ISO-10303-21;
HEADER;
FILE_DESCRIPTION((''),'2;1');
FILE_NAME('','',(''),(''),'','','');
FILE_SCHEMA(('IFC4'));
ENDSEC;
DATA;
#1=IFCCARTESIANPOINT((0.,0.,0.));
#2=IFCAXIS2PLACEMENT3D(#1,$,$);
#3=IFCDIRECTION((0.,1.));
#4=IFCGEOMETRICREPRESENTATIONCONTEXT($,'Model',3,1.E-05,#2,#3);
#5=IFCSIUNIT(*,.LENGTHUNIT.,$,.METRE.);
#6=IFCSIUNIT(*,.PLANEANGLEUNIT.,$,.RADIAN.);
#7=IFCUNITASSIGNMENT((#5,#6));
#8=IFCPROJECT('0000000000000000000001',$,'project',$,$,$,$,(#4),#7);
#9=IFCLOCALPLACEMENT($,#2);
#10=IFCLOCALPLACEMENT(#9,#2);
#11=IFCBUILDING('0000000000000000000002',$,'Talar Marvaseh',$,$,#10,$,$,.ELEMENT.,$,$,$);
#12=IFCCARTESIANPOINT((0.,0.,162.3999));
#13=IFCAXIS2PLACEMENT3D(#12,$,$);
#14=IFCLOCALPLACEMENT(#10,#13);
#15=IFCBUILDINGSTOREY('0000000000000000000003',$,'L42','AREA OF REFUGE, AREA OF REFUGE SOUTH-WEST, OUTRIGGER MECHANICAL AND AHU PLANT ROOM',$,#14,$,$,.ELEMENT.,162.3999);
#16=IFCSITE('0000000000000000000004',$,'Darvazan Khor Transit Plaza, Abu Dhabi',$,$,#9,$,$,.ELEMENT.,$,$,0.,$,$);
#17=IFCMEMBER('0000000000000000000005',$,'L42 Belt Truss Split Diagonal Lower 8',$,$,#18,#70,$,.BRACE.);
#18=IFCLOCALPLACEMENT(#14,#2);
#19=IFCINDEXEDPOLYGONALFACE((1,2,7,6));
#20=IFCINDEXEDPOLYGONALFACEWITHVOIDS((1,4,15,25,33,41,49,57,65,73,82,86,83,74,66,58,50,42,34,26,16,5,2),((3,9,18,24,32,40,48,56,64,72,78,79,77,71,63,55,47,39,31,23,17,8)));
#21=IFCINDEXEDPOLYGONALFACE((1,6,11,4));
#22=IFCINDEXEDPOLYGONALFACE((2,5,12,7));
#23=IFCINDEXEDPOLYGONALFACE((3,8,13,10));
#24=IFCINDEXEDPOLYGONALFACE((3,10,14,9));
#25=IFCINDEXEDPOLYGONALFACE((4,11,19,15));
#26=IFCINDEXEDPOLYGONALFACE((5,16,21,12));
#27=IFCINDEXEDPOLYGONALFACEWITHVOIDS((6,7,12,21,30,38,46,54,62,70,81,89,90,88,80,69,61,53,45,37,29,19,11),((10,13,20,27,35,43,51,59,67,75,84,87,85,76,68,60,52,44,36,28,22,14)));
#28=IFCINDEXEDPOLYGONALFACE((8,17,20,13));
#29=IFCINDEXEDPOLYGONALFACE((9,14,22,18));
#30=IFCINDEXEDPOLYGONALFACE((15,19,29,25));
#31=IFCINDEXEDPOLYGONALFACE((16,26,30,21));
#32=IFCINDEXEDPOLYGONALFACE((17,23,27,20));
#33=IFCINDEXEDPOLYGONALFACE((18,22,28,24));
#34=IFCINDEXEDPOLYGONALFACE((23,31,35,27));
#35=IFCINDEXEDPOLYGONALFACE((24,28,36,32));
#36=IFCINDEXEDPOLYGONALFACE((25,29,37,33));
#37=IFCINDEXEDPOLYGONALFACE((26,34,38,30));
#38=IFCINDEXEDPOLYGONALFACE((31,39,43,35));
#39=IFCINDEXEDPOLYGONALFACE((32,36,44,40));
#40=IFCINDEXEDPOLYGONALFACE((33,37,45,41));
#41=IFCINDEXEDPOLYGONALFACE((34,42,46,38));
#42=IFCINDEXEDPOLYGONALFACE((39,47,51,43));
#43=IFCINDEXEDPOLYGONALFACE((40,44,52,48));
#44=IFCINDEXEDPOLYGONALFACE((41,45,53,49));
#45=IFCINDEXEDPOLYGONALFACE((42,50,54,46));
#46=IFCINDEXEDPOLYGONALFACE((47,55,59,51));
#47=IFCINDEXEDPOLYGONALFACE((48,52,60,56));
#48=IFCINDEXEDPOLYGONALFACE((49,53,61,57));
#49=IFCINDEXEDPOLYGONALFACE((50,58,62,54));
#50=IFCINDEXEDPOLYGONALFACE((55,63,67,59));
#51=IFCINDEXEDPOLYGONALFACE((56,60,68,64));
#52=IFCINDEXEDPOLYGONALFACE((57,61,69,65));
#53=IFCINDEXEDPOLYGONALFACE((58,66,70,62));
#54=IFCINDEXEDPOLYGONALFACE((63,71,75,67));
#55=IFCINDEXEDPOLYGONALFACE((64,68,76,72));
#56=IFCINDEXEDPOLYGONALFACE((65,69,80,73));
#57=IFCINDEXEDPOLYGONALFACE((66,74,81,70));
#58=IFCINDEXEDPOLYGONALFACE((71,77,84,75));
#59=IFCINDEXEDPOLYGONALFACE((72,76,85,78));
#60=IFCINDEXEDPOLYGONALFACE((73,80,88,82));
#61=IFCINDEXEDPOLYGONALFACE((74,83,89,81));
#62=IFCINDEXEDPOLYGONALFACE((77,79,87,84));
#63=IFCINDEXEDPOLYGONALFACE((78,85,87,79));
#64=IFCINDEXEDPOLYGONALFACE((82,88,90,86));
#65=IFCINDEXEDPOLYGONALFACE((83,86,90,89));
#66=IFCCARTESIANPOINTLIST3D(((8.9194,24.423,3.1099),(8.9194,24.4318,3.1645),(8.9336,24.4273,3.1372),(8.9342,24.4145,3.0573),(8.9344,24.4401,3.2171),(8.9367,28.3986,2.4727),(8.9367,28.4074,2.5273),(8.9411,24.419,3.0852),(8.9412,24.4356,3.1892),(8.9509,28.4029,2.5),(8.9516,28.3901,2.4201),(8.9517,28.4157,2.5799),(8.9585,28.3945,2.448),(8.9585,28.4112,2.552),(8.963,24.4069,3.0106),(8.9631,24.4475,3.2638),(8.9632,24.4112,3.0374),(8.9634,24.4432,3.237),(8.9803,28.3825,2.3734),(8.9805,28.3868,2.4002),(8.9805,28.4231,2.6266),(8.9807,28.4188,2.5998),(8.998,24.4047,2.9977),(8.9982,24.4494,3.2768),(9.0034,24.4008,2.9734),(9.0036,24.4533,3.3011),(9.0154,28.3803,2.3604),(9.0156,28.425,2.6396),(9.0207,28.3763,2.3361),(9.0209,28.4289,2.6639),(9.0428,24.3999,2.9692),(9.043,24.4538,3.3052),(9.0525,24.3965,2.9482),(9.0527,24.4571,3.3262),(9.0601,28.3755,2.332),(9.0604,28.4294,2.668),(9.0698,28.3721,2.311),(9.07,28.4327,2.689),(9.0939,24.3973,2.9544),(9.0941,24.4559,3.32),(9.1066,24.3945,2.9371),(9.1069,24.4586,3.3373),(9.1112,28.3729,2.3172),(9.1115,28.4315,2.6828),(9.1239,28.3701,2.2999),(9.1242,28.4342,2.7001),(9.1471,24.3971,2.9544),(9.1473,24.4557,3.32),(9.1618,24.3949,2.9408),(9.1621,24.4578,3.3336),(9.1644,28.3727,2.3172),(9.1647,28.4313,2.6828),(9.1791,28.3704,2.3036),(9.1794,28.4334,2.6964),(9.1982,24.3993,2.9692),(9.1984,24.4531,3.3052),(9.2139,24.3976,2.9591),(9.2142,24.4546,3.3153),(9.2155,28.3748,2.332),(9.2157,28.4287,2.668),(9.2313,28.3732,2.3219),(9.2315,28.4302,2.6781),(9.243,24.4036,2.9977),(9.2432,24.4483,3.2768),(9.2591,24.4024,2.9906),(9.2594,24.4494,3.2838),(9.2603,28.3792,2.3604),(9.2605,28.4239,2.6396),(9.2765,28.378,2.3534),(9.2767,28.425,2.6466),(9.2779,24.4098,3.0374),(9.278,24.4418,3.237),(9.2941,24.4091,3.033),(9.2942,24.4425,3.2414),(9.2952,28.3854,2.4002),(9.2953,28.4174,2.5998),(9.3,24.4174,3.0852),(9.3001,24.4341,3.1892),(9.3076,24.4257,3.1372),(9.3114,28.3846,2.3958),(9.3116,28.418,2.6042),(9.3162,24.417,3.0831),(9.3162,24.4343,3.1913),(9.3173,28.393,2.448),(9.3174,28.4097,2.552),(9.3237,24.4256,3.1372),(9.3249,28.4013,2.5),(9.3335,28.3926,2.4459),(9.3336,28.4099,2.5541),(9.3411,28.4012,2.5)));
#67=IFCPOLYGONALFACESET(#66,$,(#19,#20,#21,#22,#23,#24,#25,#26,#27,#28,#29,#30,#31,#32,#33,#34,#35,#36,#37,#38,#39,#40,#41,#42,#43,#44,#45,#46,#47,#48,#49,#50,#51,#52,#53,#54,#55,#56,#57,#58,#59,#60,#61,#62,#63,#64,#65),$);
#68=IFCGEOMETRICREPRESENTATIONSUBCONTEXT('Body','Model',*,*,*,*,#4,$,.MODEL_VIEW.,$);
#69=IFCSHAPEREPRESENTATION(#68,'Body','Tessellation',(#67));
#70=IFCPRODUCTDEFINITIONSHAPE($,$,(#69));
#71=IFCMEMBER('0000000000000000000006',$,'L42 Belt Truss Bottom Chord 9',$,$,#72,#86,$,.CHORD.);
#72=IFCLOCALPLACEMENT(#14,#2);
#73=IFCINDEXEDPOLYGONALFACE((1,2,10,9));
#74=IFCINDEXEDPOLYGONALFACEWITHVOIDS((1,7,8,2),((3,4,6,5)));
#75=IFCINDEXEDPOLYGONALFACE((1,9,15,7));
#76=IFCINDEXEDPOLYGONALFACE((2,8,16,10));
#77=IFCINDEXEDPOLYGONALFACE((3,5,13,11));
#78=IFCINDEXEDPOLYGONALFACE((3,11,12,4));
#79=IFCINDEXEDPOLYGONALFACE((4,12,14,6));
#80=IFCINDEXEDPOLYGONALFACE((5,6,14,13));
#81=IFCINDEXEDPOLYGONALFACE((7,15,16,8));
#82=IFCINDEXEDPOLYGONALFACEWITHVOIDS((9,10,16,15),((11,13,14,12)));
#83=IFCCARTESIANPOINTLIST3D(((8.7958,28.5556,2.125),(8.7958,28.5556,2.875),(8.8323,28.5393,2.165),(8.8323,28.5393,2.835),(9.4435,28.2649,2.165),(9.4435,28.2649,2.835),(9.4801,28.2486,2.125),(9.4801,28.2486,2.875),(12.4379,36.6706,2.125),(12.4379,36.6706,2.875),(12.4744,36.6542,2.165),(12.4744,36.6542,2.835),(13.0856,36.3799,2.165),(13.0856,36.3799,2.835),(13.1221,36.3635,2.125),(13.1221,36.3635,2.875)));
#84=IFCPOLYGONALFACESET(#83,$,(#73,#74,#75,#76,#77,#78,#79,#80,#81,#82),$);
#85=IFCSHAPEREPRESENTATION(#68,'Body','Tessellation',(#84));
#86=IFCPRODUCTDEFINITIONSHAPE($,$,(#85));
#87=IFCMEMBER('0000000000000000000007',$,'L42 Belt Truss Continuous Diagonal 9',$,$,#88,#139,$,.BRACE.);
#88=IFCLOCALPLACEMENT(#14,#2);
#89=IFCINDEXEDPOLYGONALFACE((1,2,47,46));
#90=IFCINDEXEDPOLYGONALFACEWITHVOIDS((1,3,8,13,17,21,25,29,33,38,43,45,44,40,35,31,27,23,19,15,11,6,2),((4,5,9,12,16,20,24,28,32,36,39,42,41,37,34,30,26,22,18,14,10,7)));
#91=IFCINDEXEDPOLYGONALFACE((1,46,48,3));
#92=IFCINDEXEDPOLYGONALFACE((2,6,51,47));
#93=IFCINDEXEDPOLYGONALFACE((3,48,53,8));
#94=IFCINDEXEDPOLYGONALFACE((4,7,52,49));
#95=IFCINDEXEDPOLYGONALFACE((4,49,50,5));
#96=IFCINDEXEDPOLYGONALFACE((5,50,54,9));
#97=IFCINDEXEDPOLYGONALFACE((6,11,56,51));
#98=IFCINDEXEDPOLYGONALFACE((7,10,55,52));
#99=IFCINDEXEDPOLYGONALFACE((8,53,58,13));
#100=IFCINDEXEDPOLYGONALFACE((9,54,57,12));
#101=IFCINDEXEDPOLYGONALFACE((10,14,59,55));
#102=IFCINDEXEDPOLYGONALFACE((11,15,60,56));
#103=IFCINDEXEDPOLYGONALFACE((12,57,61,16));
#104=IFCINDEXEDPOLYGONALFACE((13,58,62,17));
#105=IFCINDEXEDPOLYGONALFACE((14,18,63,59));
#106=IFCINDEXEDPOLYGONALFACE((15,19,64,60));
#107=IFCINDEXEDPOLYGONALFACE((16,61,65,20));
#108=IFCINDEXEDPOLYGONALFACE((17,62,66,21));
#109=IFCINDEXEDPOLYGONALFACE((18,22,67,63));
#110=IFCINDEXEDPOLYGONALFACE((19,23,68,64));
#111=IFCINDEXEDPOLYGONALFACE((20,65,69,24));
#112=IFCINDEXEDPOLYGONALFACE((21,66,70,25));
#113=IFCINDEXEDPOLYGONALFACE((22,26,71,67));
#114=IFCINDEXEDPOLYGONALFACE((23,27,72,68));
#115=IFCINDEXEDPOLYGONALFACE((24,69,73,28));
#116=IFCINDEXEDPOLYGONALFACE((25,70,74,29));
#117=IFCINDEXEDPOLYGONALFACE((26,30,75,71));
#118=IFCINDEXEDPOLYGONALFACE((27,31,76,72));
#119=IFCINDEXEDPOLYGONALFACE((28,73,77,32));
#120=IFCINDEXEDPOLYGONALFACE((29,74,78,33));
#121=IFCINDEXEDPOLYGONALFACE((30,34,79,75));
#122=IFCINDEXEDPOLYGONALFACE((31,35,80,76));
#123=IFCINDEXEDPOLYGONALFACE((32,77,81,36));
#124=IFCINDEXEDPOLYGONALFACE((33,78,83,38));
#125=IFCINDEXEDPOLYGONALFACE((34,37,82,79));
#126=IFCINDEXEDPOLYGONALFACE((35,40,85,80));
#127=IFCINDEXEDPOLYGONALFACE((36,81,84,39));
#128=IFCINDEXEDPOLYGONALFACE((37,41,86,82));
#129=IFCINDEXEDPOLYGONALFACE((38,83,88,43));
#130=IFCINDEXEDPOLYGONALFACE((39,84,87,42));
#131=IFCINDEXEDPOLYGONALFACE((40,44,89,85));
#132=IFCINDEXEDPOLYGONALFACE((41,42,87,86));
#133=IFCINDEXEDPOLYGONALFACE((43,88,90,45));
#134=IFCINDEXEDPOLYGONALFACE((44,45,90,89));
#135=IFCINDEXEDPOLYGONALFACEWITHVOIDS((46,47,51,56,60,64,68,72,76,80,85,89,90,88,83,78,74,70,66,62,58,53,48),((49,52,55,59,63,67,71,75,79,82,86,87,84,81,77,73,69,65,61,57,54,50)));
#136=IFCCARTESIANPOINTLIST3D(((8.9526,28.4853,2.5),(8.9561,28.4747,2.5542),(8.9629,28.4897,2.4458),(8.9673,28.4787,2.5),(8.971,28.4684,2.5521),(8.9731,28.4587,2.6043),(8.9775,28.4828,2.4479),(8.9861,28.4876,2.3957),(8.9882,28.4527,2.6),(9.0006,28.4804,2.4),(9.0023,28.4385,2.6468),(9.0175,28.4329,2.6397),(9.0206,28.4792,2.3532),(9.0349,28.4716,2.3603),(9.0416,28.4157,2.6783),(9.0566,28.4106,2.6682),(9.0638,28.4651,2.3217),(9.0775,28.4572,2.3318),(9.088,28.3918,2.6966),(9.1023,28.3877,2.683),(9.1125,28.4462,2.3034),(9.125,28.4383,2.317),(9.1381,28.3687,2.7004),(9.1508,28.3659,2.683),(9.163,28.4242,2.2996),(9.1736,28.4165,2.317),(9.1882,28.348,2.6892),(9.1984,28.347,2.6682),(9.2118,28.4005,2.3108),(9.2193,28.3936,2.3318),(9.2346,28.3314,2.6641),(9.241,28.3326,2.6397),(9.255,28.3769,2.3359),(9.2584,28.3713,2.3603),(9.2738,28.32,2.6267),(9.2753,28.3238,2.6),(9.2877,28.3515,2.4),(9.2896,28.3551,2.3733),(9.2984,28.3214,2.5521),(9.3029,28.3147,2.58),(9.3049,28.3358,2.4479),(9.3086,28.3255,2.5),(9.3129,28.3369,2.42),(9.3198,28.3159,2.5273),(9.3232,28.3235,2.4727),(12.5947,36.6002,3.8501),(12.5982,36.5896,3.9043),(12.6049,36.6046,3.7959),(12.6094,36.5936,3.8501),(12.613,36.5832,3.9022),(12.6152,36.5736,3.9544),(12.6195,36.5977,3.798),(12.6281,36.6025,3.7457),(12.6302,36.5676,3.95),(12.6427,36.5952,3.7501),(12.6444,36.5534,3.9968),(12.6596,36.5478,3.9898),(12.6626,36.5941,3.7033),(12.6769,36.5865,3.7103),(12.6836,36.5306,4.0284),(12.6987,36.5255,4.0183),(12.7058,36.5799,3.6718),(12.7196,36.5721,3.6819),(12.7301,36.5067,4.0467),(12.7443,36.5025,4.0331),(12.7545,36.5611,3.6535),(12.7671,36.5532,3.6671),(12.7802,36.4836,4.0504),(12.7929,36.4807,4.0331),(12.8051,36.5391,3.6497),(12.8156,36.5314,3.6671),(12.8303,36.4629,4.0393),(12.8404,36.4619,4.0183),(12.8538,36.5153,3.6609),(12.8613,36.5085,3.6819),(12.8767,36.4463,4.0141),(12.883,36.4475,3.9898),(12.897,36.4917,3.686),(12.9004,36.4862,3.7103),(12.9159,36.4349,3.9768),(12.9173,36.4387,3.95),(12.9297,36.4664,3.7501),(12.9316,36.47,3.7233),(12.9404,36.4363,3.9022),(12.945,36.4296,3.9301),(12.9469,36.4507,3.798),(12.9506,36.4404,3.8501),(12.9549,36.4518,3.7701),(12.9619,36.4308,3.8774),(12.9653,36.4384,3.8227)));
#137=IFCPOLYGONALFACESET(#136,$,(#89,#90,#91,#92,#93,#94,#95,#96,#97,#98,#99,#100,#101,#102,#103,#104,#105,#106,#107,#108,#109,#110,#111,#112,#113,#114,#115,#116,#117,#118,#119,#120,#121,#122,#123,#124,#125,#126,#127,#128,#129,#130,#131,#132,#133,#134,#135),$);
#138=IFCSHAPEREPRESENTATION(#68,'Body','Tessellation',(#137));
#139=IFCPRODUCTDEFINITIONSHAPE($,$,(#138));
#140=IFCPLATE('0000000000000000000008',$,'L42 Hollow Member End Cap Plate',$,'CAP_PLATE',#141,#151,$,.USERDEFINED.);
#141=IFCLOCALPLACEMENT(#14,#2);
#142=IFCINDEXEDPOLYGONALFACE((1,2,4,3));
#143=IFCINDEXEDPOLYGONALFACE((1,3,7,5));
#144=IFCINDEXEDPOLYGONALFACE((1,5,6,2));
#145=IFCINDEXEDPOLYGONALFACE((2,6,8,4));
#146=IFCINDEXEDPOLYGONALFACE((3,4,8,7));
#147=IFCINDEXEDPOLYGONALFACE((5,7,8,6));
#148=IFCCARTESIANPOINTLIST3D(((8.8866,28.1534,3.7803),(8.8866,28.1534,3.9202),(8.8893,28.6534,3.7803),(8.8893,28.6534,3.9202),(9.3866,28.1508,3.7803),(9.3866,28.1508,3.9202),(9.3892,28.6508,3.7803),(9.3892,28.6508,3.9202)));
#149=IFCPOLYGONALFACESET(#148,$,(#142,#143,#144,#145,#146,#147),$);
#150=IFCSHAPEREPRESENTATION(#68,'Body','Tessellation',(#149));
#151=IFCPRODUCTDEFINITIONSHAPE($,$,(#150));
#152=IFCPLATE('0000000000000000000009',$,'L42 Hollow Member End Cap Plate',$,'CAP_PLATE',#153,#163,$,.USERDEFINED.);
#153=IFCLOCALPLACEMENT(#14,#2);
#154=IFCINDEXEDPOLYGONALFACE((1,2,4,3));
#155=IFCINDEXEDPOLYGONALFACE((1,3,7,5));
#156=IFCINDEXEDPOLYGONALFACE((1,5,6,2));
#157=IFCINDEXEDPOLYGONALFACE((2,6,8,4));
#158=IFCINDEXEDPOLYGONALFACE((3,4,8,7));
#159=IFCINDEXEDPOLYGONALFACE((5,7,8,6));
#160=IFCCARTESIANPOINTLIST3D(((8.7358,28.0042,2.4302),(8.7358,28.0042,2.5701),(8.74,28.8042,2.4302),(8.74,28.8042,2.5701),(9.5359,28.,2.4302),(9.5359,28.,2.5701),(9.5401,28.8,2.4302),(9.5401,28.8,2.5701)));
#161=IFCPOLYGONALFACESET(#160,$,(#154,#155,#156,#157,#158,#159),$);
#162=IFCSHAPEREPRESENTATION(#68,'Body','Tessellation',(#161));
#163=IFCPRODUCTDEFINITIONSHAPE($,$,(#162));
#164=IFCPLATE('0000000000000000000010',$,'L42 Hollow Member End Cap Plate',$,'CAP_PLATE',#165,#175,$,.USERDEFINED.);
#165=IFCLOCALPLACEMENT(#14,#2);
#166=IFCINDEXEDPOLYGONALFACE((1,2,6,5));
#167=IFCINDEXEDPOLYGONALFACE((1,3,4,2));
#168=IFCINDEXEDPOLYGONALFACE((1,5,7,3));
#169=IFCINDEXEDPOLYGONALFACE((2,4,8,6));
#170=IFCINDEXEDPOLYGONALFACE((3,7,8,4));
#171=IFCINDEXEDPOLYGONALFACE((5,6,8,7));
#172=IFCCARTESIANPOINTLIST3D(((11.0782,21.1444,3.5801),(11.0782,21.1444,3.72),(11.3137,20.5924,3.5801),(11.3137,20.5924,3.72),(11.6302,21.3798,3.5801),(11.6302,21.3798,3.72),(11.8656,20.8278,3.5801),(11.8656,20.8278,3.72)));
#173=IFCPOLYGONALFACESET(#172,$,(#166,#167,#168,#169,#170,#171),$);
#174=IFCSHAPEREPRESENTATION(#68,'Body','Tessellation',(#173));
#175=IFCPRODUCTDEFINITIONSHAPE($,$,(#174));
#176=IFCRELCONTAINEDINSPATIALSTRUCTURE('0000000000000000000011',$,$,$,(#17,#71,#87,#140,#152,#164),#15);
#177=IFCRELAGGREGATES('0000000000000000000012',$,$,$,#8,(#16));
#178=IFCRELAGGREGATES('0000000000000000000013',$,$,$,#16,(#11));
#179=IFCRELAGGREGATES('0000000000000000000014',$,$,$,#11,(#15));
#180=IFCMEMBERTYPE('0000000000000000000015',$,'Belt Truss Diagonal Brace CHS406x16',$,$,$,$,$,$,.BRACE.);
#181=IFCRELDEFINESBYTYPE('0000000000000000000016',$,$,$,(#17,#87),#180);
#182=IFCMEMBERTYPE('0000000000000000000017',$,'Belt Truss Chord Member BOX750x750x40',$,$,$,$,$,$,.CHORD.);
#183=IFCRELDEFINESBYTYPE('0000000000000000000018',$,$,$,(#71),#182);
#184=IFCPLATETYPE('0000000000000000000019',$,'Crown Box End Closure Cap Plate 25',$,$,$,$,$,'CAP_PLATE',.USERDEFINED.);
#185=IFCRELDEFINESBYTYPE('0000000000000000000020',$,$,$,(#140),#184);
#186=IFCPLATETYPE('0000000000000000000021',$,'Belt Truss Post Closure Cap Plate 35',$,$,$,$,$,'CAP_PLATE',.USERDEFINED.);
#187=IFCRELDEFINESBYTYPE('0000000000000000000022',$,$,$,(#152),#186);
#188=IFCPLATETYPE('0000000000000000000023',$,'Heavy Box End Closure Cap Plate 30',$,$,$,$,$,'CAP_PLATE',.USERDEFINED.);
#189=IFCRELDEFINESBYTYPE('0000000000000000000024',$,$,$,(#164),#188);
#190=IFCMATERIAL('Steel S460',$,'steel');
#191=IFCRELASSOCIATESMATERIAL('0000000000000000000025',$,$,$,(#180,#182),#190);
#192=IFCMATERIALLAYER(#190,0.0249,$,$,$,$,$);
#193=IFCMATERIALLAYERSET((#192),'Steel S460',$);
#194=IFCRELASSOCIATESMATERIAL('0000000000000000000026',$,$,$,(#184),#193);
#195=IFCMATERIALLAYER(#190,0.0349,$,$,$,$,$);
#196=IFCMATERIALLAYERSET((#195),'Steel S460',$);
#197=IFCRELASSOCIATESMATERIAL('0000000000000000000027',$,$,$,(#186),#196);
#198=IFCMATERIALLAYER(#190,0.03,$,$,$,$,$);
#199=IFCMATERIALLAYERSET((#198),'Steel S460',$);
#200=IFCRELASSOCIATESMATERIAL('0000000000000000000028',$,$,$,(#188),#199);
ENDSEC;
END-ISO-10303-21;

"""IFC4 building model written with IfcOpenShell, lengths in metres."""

from ifc_helpers import new_model, si_unit, direction, frame, origin, origin_2d, place, context, subcontext, project, spatial, rectangle, hollow_rectangle, hollow_circle, extrude, source, transform, mapped, material, layer, layer_set, material_profile, profile_set, type_object, type_shapes, element, save


model = new_model("IFC4")

# Units and contexts
model_context = context("Model", 3, precision=1e-05, world=origin(), true_north=direction((0.0, 1.0)))
body_context = subcontext(model_context, "Body", "Model", "MODEL_VIEW")
ifc_project = project(units=[si_unit("LENGTHUNIT", "METRE"), si_unit("PLANEANGLEUNIT", "RADIAN")], contexts=[model_context])

# Site, building, storey
site_placement = place(None, origin())
site = spatial("IfcSite", under=ifc_project, at=site_placement, Name="Darvazan Khor Transit Plaza, Abu Dhabi", CompositionType="ELEMENT", RefElevation=0.0)
building_placement = place(site_placement, origin())
building = spatial("IfcBuilding", under=site, at=building_placement, Name="Talar Marvaseh", CompositionType="ELEMENT")
storey_placement = place(building_placement, frame((0.0, 0.0, 162.3999)))
storey = spatial("IfcBuildingStorey", under=building, at=storey_placement, Name="L42", Description="AREA OF REFUGE, AREA OF REFUGE SOUTH-WEST, OUTRIGGER MECHANICAL AND AHU PLANT ROOM", CompositionType="ELEMENT", Elevation=162.3999)

# Members
ifc_material_1 = material(Name="Steel S460", Category="steel")
ifc_material_profile_1 = material_profile(ifc_material_1, hollow_circle(Radius=0.2031, WallThickness=0.0161, at=origin_2d()), Name="CHS406x16")
ifc_profile_set_1 = profile_set([ifc_material_profile_1], Name="Steel S460")
member_type_1 = type_object("IfcMemberType", Name="Belt Truss Diagonal Brace CHS406x16", PredefinedType="BRACE", material=ifc_profile_set_1)
shared_shape_1 = source(origin(), body_context, "Body", "SweptSolid", [
    extrude(hollow_circle(Radius=0.2031, WallThickness=0.0161, at=origin_2d()), origin(), (0.0, 0.0, 1.0), 4.0264),
])
member_1_placement = place(storey_placement, frame((9.1379, 28.4021, 2.5), z_axis=(-0.004305, -0.987388, 0.158259), x_axis=(0.99999, -0.00436, 0.0)))
element("IfcMember", 1, at=member_1_placement, inside=storey, type_object=member_type_1, Name="L42 Belt Truss Split Diagonal Lower 8", PredefinedType="BRACE", context=body_context, shape_type="MappedRepresentation", body=[
    mapped(shared_shape_1, transform((0.0, 0.0, 0.0), x_axis=(1.0, 0.0, 0.0), y_axis=(0.0, 1.0, 0.0), z_axis=(0.0, 0.0, 1.0), scale=1.0)),
])
ifc_material_profile_2 = material_profile(ifc_material_1, hollow_rectangle(XDim=0.75, YDim=0.75, WallThickness=0.04, at=origin_2d()), Name="BOX750x750x40")
ifc_profile_set_2 = profile_set([ifc_material_profile_2], Name="Steel S460")
member_type_2 = type_object("IfcMemberType", Name="Belt Truss Chord Member BOX750x750x40", PredefinedType="CHORD", material=ifc_profile_set_2)
shared_shape_2 = source(origin(), body_context, "Body", "SweptSolid", [
    extrude(hollow_rectangle(XDim=0.75, YDim=0.75, WallThickness=0.04, at=origin_2d()), origin(), (0.0, 0.0, 1.0), 8.8948),
])
type_shapes(member_type_2, [shared_shape_2])
member_2_placement = place(storey_placement, frame((9.1379, 28.4021, 2.5), z_axis=(0.409462, 0.912327, 0.0), x_axis=(-0.912327, 0.409462, 0.0)))
element("IfcMember", 2, at=member_2_placement, inside=storey, type_object=member_type_2, Name="L42 Belt Truss Bottom Chord 9", PredefinedType="CHORD", context=body_context, shape_type="MappedRepresentation", body=[
    mapped(shared_shape_2, transform((0.0, 0.0, 0.0), x_axis=(1.0, 0.0, 0.0), y_axis=(0.0, 1.0, 0.0), z_axis=(0.0, 0.0, 1.0), scale=1.0)),
])
shared_shape_3 = source(origin(), body_context, "Body", "SweptSolid", [
    extrude(hollow_circle(Radius=0.2031, WallThickness=0.0161, at=origin_2d()), origin(), (0.0, 0.0, 1.0), 8.9966),
])
type_shapes(member_type_1, [shared_shape_1, shared_shape_3])
member_3_placement = place(storey_placement, frame((9.1379, 28.4021, 2.5), z_axis=(0.404825, 0.901996, 0.150066), x_axis=(-0.912327, 0.409462, 0.0)))
element("IfcMember", 3, at=member_3_placement, inside=storey, type_object=member_type_1, Name="L42 Belt Truss Continuous Diagonal 9", PredefinedType="BRACE", context=body_context, shape_type="MappedRepresentation", body=[
    mapped(shared_shape_3, transform((0.0, 0.0, 0.0), x_axis=(1.0, 0.0, 0.0), y_axis=(0.0, 1.0, 0.0), z_axis=(0.0, 0.0, 1.0), scale=1.0)),
])

# Plates
ifc_layer_1 = layer(ifc_material_1, 0.0249)
ifc_layer_set_1 = layer_set([ifc_layer_1], Name="Steel S460")
plate_type_1 = type_object("IfcPlateType", Name="Crown Box End Closure Cap Plate 25", ElementType="CAP_PLATE", PredefinedType="USERDEFINED", material=ifc_layer_set_1)
shared_shape_4 = source(origin(), body_context, "Body", "SweptSolid", [
    extrude(rectangle(XDim=0.5, YDim=0.5, at=origin_2d()), origin(), (0.0, 0.0, 1.0), 0.1399),
])
type_shapes(plate_type_1, [shared_shape_4])
plate_1_placement = place(storey_placement, frame((9.1379, 28.4021, 3.7803), z_axis=(0.0, 0.0, 1.0), x_axis=(0.005236, 0.999986, 0.0)))
element("IfcPlate", 4, at=plate_1_placement, inside=storey, type_object=plate_type_1, Name="L42 Hollow Member End Cap Plate", ObjectType="CAP_PLATE", PredefinedType="USERDEFINED", context=body_context, shape_type="MappedRepresentation", body=[
    mapped(shared_shape_4, transform((0.0, 0.0, 0.0), x_axis=(1.0, 0.0, 0.0), y_axis=(0.0, 1.0, 0.0), z_axis=(0.0, 0.0, 1.0), scale=1.0)),
])
ifc_layer_2 = layer(ifc_material_1, 0.0349)
ifc_layer_set_2 = layer_set([ifc_layer_2], Name="Steel S460")
plate_type_2 = type_object("IfcPlateType", Name="Belt Truss Post Closure Cap Plate 35", ElementType="CAP_PLATE", PredefinedType="USERDEFINED", material=ifc_layer_set_2)
shared_shape_5 = source(origin(), body_context, "Body", "SweptSolid", [
    extrude(rectangle(XDim=0.8, YDim=0.8, at=origin_2d()), origin(), (0.0, 0.0, 1.0), 0.1399),
])
plate_2_placement = place(storey_placement, frame((9.1379, 28.4021, 2.4302), z_axis=(0.0, 0.0, 1.0), x_axis=(0.005236, 0.999986, 0.0)))
element("IfcPlate", 5, at=plate_2_placement, inside=storey, type_object=plate_type_2, Name="L42 Hollow Member End Cap Plate", ObjectType="CAP_PLATE", PredefinedType="USERDEFINED", context=body_context, shape_type="MappedRepresentation", body=[
    mapped(shared_shape_5, transform((0.0, 0.0, 0.0), x_axis=(1.0, 0.0, 0.0), y_axis=(0.0, 1.0, 0.0), z_axis=(0.0, 0.0, 1.0), scale=1.0)),
])
ifc_layer_3 = layer(ifc_material_1, 0.03)
ifc_layer_set_3 = layer_set([ifc_layer_3], Name="Steel S460")
plate_type_3 = type_object("IfcPlateType", Name="Heavy Box End Closure Cap Plate 30", ElementType="CAP_PLATE", PredefinedType="USERDEFINED", material=ifc_layer_set_3)
shared_shape_6 = source(origin(), body_context, "Body", "SweptSolid", [
    extrude(rectangle(XDim=0.6001, YDim=0.6001, at=origin_2d()), origin(), (0.0, 0.0, 1.0), 0.1399),
])
type_shapes(plate_type_3, [shared_shape_6])
for number, where, z_axis, x_axis, name in (
    (6, (11.4719, 20.9861, 3.5801), (0.0, 0.0, 1.0), (0.919821, 0.392337, 0.0), "L42 Hollow Member End Cap Plate"),
):
    element("IfcPlate", number, at=place(storey_placement, frame(where, z_axis=z_axis, x_axis=x_axis)), inside=storey, type_object=plate_type_3, Name=name, ObjectType="CAP_PLATE", PredefinedType="USERDEFINED", context=body_context, shape_type="MappedRepresentation", body=[
        mapped(shared_shape_6, transform((0.0, 0.0, 0.0), x_axis=(1.0, 0.0, 0.0), y_axis=(0.0, 1.0, 0.0), z_axis=(0.0, 0.0, 1.0), scale=1.0)),
    ])

save(model, "model.ifc")
